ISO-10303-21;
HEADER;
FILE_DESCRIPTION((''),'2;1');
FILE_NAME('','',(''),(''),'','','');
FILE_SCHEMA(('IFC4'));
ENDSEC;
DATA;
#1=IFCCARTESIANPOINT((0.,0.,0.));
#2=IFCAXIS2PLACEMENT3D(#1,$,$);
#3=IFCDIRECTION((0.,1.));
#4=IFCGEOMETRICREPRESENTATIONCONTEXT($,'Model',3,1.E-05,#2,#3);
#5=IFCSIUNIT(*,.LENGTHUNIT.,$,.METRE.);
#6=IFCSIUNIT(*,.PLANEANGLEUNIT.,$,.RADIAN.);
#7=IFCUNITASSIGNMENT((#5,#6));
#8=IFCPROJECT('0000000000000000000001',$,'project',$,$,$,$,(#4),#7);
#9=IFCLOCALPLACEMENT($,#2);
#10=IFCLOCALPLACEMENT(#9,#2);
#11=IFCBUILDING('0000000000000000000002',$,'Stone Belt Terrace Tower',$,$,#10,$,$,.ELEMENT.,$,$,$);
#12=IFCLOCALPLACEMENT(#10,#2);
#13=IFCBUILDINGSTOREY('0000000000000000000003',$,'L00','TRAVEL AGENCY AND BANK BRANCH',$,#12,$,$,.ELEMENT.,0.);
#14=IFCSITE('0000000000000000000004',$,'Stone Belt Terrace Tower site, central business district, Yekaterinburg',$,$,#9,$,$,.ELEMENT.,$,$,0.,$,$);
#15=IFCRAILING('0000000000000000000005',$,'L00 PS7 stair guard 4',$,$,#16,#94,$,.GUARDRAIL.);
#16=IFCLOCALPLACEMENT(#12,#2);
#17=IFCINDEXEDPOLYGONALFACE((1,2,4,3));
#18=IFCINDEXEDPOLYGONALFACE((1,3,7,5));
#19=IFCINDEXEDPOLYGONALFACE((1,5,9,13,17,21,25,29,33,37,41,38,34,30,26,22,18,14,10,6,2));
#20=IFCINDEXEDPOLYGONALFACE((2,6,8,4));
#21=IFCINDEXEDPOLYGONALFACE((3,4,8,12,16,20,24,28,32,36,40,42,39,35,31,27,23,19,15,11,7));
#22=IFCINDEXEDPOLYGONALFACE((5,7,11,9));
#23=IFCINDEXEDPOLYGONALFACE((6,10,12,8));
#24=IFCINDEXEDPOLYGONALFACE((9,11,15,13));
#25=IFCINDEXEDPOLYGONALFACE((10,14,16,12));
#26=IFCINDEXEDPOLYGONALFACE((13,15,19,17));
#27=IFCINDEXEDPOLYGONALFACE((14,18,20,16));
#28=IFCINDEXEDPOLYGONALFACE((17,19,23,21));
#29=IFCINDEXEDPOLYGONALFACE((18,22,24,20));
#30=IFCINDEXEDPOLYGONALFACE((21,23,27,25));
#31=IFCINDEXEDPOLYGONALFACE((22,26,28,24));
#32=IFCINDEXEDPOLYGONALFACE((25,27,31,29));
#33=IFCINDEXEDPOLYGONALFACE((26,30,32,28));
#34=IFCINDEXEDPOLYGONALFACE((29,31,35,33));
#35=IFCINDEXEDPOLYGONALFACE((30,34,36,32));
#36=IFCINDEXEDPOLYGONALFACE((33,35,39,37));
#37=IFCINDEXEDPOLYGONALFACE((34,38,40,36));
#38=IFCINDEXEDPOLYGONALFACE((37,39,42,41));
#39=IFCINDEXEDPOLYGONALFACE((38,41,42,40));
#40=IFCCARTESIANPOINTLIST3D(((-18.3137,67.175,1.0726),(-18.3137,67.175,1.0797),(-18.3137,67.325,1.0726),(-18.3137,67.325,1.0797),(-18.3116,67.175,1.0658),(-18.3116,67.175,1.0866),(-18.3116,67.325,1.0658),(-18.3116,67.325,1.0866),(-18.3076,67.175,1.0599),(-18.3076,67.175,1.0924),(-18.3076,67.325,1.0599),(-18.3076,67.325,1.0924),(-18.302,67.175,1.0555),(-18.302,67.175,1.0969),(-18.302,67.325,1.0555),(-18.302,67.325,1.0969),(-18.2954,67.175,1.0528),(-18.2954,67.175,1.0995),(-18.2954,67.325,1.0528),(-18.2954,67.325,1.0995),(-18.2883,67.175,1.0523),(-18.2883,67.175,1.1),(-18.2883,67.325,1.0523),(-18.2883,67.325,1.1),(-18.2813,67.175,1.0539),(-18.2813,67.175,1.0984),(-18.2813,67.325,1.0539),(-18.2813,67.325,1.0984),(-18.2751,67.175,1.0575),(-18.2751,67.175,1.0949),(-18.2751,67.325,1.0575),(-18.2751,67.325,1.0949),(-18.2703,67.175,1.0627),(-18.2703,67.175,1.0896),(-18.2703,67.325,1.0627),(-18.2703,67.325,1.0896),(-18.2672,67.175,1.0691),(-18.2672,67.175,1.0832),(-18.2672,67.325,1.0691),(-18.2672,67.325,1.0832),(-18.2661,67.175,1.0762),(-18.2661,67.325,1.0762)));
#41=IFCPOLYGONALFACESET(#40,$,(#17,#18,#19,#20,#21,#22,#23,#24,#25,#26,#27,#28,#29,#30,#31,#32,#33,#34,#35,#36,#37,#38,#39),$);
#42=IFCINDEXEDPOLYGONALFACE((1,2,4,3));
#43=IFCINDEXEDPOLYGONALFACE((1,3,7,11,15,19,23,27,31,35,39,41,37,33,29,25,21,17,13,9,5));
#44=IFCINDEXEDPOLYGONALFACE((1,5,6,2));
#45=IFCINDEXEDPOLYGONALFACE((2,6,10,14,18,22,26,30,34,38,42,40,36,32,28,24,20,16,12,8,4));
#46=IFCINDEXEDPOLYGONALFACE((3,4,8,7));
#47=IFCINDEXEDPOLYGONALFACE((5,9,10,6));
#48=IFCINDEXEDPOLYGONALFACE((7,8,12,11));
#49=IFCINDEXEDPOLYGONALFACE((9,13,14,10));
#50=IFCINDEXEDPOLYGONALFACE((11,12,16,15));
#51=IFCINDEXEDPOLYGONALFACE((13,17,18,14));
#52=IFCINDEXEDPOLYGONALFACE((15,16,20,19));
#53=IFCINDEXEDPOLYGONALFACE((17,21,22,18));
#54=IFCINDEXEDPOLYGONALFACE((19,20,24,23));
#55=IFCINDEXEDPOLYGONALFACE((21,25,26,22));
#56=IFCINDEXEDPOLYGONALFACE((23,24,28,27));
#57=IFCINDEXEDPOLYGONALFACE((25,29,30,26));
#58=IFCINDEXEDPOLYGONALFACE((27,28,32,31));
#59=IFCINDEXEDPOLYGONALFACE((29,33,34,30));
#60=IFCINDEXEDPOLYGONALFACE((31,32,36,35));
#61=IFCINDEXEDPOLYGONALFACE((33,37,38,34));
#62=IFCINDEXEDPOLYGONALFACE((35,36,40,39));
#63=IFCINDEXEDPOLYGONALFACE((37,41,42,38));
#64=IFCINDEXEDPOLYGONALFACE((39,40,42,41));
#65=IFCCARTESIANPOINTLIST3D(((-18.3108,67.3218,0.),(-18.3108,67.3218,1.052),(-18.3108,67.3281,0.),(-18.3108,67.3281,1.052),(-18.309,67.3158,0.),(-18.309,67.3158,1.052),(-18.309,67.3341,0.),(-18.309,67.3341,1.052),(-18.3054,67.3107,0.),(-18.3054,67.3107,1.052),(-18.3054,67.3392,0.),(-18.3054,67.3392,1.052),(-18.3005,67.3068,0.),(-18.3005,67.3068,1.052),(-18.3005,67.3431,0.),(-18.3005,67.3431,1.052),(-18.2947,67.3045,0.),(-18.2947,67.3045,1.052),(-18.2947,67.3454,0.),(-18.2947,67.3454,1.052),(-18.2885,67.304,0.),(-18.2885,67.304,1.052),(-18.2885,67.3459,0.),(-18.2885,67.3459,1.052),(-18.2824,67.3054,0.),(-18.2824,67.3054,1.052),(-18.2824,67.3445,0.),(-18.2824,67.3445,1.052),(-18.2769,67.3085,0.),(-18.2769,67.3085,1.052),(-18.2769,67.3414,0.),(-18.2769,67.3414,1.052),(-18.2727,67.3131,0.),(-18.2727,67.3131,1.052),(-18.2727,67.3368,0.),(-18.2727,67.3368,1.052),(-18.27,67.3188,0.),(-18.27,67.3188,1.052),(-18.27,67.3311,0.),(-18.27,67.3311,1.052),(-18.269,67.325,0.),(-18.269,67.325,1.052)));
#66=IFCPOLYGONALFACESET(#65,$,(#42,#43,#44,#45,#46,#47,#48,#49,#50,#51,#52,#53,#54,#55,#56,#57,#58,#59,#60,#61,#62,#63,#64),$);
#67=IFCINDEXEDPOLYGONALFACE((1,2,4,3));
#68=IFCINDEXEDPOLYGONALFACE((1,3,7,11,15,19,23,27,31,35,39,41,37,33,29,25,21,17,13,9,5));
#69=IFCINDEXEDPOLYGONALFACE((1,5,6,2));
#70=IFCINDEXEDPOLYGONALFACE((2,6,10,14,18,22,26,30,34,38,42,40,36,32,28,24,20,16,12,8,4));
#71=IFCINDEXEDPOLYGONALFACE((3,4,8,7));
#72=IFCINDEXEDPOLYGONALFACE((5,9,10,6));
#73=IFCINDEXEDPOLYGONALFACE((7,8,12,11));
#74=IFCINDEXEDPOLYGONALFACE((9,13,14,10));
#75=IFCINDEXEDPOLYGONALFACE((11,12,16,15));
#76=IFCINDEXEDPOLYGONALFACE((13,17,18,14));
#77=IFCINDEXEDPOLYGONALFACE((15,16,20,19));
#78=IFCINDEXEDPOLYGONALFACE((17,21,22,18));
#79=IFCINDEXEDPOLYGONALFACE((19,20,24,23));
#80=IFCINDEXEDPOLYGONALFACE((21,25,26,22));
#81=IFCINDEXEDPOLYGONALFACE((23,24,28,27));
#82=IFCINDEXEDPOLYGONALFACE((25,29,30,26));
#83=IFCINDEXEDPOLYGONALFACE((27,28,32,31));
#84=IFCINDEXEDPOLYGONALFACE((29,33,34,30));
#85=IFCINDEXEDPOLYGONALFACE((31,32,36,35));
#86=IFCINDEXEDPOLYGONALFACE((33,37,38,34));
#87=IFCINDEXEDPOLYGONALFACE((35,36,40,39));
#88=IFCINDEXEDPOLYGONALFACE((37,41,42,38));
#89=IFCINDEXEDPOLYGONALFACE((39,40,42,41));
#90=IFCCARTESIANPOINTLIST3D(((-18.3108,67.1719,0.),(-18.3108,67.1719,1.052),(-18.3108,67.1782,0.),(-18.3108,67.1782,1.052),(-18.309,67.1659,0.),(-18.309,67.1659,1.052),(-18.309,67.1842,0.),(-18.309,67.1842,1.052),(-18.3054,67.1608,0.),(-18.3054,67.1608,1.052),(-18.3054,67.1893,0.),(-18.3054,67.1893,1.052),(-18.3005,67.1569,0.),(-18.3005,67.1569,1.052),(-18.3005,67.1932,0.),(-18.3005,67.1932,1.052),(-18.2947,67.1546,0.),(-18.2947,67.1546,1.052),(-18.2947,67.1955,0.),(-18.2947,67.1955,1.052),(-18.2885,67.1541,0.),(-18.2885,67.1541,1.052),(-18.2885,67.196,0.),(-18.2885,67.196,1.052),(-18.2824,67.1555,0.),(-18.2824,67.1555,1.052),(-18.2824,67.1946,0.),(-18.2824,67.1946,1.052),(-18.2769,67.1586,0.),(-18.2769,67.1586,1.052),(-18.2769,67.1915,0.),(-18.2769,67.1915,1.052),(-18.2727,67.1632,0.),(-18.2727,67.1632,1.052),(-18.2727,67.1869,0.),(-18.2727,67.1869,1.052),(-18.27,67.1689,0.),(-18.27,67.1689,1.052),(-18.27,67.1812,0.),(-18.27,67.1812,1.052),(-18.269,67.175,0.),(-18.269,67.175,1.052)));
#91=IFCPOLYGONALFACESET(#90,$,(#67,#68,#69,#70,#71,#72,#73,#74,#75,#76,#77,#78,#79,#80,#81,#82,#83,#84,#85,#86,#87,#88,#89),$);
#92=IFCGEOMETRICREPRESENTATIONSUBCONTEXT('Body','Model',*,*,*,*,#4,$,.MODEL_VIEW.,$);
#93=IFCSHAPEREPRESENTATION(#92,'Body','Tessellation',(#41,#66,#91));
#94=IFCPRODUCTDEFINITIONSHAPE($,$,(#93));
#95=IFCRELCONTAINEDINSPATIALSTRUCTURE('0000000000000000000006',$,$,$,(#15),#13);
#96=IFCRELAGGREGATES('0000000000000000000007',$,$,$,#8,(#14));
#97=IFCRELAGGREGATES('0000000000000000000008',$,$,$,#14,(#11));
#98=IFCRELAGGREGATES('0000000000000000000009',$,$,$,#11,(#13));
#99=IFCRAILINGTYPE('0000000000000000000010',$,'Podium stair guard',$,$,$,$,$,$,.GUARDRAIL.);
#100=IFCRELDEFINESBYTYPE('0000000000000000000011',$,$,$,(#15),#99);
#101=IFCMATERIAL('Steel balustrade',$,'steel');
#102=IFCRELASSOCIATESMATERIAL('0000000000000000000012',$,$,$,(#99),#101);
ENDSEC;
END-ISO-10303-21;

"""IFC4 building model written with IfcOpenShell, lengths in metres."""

from ifc_helpers import new_model, si_unit, direction, frame, origin, origin_2d, place, context, subcontext, project, spatial, circle, extrude, material, type_object, element, save


model = new_model("IFC4")

# Units and contexts
model_context = context("Model", 3, precision=1e-05, world=origin(), true_north=direction((0.0, 1.0)))
body_context = subcontext(model_context, "Body", "Model", "MODEL_VIEW")
ifc_project = project(units=[si_unit("LENGTHUNIT", "METRE"), si_unit("PLANEANGLEUNIT", "RADIAN")], contexts=[model_context])

# Site, building, storey
site_placement = place(None, origin())
site = spatial("IfcSite", under=ifc_project, at=site_placement, Name="Stone Belt Terrace Tower site, central business district, Yekaterinburg", CompositionType="ELEMENT", RefElevation=0.0)
building_placement = place(site_placement, origin())
building = spatial("IfcBuilding", under=site, at=building_placement, Name="Stone Belt Terrace Tower", CompositionType="ELEMENT")
storey_placement = place(building_placement, origin())
storey = spatial("IfcBuildingStorey", under=building, at=storey_placement, Name="L00", Description="TRAVEL AGENCY AND BANK BRANCH", CompositionType="ELEMENT", Elevation=0.0)

# Railing
ifc_material_1 = material(Name="Steel balustrade", Category="steel")
railing_type_1 = type_object("IfcRailingType", Name="Podium stair guard", PredefinedType="GUARDRAIL", material=ifc_material_1)
railing_1_placement = place(storey_placement, frame((-18.29, 67.325, 0.0)))
element("IfcRailing", 1, at=railing_1_placement, inside=storey, type_object=railing_type_1, Name="L00 PS7 stair guard 4", PredefinedType="GUARDRAIL", context=body_context, shape_type="SweptSolid", body=[
    extrude(circle(Radius=0.0239, at=origin_2d()), frame((0.0, 0.0, 1.0762), z_axis=(0.0, -1.0, 0.0), x_axis=(1.0, 0.0, 0.0)), (0.0, 0.0, 1.0), 0.1499),
    extrude(circle(Radius=0.021, at=origin_2d()), origin(), (0.0, 0.0, 1.0), 1.052),
    extrude(circle(Radius=0.021, at=origin_2d()), frame((0.0, -0.1499, 0.0)), (0.0, 0.0, 1.0), 1.052),
])

save(model, "model.ifc")
